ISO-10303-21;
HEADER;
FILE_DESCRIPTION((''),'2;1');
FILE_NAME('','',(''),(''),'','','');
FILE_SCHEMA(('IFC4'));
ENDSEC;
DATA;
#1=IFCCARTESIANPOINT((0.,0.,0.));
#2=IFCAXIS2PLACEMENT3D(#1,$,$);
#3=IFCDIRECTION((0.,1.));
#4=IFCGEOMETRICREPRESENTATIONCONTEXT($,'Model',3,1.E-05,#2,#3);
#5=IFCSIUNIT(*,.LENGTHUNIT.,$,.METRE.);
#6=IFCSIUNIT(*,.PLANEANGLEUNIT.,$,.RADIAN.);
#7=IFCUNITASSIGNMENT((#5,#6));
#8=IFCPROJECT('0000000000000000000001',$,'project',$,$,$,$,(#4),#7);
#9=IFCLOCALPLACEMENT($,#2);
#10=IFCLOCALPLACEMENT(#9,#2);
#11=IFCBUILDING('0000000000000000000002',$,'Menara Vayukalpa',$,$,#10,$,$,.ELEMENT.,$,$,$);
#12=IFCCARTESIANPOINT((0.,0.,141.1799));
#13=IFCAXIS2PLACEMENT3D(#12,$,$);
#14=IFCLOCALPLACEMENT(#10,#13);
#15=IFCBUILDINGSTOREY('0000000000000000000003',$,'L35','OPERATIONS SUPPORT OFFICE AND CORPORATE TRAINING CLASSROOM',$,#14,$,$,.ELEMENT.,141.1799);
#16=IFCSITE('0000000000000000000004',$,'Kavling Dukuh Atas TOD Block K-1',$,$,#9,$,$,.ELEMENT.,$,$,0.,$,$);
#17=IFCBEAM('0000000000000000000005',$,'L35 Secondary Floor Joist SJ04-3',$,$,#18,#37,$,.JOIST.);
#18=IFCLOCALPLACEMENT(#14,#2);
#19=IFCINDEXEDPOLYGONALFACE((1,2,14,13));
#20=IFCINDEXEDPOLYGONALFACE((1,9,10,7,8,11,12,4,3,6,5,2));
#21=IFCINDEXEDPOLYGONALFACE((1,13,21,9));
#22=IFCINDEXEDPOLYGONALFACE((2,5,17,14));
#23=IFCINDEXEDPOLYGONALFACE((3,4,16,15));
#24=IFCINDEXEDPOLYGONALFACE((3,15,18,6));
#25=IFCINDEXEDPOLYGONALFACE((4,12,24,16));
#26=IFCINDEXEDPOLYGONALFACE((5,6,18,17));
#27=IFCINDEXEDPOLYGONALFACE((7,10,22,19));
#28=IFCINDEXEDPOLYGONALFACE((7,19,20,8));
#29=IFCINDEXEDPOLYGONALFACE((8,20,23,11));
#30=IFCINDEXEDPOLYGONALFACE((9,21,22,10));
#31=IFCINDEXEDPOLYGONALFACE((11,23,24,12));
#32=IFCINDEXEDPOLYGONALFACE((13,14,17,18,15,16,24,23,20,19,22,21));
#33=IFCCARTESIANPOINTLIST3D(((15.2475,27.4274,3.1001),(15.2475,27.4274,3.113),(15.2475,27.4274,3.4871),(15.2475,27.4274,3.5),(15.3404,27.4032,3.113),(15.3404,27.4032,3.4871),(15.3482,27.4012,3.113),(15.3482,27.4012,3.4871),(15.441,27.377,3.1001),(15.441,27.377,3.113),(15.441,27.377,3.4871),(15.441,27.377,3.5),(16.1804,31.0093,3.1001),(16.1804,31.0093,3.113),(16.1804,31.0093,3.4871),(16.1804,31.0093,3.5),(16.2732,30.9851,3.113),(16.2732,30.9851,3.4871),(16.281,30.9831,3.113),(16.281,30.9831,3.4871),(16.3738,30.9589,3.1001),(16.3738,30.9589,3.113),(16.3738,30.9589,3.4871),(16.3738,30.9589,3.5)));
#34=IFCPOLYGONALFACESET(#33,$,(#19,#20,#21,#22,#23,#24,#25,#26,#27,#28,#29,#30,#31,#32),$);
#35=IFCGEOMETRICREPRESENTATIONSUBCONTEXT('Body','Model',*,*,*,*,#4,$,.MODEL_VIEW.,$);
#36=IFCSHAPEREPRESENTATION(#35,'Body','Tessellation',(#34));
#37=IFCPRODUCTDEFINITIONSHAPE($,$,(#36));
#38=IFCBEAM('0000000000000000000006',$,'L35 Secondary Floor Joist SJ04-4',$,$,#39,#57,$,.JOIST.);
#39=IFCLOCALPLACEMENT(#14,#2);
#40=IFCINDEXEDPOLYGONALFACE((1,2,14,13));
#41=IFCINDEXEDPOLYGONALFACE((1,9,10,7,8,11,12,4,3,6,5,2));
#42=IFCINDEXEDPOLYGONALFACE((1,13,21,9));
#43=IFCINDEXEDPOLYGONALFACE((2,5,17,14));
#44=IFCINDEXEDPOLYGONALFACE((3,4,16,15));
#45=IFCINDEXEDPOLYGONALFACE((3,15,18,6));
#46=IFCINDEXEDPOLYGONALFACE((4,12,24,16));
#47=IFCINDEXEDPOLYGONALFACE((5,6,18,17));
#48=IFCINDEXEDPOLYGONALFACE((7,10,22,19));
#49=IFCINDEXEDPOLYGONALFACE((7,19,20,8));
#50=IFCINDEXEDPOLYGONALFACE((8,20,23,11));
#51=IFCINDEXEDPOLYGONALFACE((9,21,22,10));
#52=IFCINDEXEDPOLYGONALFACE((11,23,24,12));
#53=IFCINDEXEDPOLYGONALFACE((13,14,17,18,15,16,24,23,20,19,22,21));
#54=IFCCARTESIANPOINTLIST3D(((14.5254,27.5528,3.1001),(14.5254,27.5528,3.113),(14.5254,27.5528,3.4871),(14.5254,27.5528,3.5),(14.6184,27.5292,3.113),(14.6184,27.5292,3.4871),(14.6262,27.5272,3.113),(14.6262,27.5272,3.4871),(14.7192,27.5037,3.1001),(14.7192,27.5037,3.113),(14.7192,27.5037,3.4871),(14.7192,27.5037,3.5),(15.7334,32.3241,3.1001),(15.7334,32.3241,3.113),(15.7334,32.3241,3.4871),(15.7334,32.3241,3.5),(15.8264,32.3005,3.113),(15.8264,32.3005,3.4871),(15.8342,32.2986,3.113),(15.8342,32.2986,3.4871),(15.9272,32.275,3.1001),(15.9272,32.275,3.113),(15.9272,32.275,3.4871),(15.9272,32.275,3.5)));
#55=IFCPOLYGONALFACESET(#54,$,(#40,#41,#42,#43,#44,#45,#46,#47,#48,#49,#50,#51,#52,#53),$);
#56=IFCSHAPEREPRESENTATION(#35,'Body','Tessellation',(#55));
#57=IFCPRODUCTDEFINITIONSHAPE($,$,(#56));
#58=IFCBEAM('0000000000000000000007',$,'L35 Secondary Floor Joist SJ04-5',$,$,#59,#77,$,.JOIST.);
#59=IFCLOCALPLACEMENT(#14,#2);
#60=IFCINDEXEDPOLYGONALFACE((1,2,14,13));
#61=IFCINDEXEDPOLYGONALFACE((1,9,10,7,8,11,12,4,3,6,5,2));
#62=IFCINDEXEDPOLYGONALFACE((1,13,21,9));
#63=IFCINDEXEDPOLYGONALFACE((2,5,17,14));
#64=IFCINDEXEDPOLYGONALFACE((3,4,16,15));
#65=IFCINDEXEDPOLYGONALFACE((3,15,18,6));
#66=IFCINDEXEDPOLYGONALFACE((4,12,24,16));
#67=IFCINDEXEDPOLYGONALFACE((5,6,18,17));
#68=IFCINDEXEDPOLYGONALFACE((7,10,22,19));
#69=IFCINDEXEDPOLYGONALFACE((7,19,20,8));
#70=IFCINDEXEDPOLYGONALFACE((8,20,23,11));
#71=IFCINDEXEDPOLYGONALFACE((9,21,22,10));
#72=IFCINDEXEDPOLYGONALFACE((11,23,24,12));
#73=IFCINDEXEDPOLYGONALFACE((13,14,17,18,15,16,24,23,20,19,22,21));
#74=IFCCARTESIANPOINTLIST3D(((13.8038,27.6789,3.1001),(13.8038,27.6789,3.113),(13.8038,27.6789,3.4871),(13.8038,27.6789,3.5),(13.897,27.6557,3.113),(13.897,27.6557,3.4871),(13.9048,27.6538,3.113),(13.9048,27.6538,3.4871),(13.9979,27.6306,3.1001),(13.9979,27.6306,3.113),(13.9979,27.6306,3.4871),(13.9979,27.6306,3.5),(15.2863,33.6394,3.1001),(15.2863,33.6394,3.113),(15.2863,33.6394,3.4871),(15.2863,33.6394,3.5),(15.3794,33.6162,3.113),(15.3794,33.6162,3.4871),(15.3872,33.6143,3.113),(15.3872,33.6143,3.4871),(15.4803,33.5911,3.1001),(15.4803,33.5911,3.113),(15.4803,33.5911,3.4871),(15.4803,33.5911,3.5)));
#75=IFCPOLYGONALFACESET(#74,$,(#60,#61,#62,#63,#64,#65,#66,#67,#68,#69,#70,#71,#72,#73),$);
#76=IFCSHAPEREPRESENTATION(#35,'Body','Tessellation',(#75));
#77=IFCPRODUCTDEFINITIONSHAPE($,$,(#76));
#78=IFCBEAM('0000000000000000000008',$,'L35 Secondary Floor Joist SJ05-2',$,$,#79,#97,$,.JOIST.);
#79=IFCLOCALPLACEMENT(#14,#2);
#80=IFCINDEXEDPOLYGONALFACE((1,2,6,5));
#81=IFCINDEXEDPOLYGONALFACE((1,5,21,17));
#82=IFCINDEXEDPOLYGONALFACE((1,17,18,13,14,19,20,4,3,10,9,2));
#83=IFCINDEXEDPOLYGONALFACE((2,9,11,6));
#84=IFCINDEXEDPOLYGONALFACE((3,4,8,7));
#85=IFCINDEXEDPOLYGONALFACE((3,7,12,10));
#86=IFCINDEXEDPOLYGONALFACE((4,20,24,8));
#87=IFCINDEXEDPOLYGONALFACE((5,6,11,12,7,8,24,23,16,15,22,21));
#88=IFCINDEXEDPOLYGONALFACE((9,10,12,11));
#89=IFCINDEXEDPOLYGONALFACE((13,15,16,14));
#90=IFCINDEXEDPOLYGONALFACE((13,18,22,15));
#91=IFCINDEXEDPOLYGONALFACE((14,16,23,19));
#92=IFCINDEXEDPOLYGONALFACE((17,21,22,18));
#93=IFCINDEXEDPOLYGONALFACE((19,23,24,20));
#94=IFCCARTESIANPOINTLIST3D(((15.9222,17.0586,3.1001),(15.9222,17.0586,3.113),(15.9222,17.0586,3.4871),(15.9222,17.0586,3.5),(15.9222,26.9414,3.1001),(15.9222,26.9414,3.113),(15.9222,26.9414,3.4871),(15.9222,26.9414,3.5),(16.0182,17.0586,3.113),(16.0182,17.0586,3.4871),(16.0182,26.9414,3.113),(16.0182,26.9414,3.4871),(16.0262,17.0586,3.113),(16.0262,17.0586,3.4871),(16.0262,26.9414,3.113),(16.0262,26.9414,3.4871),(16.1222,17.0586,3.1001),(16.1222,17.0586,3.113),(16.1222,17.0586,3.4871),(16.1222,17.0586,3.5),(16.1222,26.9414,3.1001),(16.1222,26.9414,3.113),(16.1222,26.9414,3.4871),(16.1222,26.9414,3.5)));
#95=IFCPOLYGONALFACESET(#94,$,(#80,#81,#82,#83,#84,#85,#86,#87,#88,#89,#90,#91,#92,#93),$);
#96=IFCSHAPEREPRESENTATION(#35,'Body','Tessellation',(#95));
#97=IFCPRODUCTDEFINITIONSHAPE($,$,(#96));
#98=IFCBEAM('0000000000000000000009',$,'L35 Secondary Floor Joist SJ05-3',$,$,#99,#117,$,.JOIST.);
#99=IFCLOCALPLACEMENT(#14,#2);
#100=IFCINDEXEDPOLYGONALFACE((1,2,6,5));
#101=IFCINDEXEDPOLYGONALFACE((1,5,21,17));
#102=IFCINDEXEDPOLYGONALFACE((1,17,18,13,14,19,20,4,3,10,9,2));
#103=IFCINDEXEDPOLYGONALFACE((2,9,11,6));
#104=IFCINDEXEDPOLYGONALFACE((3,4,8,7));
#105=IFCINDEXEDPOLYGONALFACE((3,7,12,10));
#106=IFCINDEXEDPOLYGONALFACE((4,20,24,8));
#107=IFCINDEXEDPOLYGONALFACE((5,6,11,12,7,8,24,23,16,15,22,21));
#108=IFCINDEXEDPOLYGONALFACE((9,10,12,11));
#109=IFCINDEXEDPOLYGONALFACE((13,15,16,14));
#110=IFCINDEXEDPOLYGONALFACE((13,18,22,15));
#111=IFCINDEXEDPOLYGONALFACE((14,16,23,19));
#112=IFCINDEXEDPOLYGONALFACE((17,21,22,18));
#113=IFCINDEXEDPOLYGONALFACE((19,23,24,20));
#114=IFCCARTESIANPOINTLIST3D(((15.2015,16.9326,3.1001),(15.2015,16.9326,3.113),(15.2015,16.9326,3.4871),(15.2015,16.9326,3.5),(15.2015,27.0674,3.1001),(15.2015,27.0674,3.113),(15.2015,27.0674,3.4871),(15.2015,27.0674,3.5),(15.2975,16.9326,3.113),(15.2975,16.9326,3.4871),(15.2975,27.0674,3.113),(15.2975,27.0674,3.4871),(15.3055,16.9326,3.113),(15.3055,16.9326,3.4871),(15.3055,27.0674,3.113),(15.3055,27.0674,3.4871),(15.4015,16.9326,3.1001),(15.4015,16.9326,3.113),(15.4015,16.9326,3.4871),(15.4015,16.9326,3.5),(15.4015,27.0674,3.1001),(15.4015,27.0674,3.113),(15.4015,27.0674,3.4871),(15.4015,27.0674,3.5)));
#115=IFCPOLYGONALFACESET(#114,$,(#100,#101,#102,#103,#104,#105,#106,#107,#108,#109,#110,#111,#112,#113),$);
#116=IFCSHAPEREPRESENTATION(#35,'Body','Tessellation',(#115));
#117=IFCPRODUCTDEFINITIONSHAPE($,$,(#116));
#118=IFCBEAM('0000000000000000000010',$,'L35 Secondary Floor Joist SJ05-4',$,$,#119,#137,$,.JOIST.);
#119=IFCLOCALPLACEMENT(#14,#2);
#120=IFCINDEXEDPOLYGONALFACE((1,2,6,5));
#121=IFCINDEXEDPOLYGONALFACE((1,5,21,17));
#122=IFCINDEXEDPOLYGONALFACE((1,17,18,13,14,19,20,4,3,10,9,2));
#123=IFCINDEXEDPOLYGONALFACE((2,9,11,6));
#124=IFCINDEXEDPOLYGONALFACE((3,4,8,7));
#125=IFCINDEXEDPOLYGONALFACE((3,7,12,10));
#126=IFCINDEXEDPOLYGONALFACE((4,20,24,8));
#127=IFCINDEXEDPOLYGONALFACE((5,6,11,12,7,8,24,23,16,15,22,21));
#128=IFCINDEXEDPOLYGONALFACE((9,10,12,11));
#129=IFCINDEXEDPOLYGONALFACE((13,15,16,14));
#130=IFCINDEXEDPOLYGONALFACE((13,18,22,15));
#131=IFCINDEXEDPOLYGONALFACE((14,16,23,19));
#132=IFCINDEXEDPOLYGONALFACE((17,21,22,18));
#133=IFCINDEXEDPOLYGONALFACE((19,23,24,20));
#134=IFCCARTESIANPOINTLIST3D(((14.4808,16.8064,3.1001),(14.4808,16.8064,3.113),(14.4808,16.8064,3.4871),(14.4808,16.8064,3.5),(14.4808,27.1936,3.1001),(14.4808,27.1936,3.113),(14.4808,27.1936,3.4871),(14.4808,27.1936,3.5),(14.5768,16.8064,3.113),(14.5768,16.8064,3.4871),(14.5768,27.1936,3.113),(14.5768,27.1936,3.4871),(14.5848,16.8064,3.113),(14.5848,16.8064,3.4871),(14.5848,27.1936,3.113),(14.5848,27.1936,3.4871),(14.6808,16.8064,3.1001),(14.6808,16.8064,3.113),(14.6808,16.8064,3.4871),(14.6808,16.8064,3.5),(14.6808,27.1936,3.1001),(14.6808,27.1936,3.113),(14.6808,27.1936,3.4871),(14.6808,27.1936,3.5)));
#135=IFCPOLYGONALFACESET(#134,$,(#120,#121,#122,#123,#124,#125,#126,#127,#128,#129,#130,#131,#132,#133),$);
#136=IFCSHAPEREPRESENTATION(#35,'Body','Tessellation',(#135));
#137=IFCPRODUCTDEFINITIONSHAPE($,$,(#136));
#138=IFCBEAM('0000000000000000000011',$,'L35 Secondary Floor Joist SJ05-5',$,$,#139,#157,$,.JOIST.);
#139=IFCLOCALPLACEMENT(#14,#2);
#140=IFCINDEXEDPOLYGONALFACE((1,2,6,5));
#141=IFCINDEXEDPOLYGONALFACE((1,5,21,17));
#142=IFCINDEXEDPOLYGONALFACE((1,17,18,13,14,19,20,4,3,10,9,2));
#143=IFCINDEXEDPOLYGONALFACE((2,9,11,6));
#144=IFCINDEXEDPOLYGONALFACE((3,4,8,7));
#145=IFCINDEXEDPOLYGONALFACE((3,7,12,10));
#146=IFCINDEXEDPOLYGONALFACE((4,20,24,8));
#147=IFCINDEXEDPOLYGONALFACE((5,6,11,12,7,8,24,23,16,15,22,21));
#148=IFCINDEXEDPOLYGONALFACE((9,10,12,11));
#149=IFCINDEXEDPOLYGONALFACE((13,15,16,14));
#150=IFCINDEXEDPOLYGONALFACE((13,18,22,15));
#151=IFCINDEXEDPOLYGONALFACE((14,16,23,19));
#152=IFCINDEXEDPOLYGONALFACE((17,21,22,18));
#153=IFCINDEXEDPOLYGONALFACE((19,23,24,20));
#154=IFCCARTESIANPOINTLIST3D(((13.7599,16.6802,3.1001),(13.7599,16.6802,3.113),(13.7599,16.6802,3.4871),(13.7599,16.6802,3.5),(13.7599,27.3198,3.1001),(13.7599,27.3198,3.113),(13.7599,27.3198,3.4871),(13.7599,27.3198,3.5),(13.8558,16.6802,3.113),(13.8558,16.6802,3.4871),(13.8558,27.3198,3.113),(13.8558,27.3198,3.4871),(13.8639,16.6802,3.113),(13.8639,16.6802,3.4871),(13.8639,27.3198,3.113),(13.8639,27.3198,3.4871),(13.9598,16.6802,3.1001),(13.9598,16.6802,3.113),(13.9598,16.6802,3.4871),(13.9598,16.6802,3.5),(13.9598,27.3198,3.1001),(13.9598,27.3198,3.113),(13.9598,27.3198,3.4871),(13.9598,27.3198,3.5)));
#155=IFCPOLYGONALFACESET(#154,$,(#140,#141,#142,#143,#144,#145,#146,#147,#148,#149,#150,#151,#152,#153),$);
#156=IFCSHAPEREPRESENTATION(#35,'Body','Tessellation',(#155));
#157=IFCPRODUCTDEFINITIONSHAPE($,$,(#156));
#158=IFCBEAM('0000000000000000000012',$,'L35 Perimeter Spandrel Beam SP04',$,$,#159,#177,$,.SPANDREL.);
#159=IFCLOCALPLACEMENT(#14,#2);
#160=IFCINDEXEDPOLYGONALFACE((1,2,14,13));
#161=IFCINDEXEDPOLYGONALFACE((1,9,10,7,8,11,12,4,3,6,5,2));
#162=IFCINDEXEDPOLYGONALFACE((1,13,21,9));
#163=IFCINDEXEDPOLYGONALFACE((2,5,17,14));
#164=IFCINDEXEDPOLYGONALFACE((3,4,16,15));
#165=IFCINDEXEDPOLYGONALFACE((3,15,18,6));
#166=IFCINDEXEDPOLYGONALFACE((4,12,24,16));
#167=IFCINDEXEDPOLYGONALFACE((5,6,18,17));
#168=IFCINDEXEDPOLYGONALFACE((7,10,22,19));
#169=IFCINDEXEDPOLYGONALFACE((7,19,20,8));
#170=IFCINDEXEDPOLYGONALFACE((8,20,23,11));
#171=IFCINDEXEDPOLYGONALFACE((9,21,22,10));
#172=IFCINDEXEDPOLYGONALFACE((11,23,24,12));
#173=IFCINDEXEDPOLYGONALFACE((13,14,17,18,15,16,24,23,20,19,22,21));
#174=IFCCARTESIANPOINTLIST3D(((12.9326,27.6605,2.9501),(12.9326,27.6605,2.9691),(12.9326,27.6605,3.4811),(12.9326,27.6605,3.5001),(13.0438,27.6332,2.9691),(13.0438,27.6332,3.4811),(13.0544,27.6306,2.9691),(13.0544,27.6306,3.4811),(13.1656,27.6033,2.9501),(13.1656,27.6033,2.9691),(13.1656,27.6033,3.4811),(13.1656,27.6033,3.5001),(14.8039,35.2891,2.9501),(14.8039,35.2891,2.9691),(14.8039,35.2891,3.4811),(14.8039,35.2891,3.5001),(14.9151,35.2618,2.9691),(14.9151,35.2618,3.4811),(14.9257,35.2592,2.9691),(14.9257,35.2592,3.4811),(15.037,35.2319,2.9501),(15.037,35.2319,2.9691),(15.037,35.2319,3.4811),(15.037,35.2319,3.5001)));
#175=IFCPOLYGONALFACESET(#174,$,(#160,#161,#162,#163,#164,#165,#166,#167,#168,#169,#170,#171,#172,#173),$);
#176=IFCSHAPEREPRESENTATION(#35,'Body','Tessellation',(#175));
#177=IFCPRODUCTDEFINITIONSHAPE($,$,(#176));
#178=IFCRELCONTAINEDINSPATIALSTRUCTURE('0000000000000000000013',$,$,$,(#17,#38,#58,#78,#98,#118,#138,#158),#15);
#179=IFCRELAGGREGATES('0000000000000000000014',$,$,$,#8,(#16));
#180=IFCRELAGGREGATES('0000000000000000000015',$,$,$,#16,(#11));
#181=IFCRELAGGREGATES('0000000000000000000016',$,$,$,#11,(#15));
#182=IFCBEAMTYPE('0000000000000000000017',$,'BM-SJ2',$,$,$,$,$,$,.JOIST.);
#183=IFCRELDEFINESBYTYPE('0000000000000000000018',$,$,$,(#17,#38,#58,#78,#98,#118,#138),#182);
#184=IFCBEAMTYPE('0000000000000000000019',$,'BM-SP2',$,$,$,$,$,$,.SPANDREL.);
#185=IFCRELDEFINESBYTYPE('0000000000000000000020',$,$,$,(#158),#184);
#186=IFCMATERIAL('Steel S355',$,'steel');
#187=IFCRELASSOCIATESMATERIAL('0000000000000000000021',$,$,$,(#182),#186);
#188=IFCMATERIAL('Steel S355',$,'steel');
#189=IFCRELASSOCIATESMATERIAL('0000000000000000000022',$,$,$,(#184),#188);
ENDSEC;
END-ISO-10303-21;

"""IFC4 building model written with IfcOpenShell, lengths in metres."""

from ifc_helpers import new_model, si_unit, direction, frame, origin, origin_2d, place, context, subcontext, project, spatial, i_section, extrude, material, material_profile, profile_set, type_object, element, save


model = new_model("IFC4")

# Units and contexts
model_context = context("Model", 3, precision=1e-05, world=origin(), true_north=direction((0.0, 1.0)))
body_context = subcontext(model_context, "Body", "Model", "MODEL_VIEW")
ifc_project = project(units=[si_unit("LENGTHUNIT", "METRE"), si_unit("PLANEANGLEUNIT", "RADIAN")], contexts=[model_context])

# Site, building, storey
site_placement = place(None, origin())
site = spatial("IfcSite", under=ifc_project, at=site_placement, Name="Kavling Dukuh Atas TOD Block K-1", CompositionType="ELEMENT", RefElevation=0.0)
building_placement = place(site_placement, origin())
building = spatial("IfcBuilding", under=site, at=building_placement, Name="Menara Vayukalpa", CompositionType="ELEMENT")
storey_placement = place(building_placement, frame((0.0, 0.0, 141.1799)))
storey = spatial("IfcBuildingStorey", under=building, at=storey_placement, Name="L35", Description="OPERATIONS SUPPORT OFFICE AND CORPORATE TRAINING CLASSROOM", CompositionType="ELEMENT", Elevation=141.1799)

# Beams
ifc_material_1 = material(Name="Steel S355", Category="steel")
ifc_material_profile_1 = material_profile(ifc_material_1, i_section(OverallWidth=0.2, OverallDepth=0.3999, WebThickness=0.0081, FlangeThickness=0.0129, at=origin_2d()), Name="WF 400x200x8x13")
ifc_profile_set_1 = profile_set([ifc_material_profile_1], Name="Steel S355")
beam_type_1 = type_object("IfcBeamType", Name="BM-SJ2", PredefinedType="JOIST", material=ifc_profile_set_1)
beam_1_placement = place(storey_placement, frame((16.2771, 30.9841, 3.3), z_axis=(-0.252022, -0.967722, 0.0), x_axis=(0.967722, -0.252022, 0.0)))
element("IfcBeam", 1, at=beam_1_placement, inside=storey, type_object=beam_type_1, Name="L35 Secondary Floor Joist SJ04-3", PredefinedType="JOIST", context=body_context, shape_type="SweptSolid", body=[
    extrude(i_section(OverallWidth=0.2, OverallDepth=0.3999, WebThickness=0.0081, FlangeThickness=0.0129, at=origin_2d()), origin(), (0.0, 0.0, 1.0), 3.7014),
])
beam_2_placement = place(storey_placement, frame((15.8303, 32.2996, 3.3), z_axis=(-0.245441, -0.969412, 0.0), x_axis=(0.969412, -0.245441, 0.0)))
element("IfcBeam", 2, at=beam_2_placement, inside=storey, type_object=beam_type_1, Name="L35 Secondary Floor Joist SJ04-4", PredefinedType="JOIST", context=body_context, shape_type="SweptSolid", body=[
    extrude(i_section(OverallWidth=0.2, OverallDepth=0.3999, WebThickness=0.0081, FlangeThickness=0.0129, at=origin_2d()), origin(), (0.0, 0.0, 1.0), 4.9219),
])
beam_3_placement = place(storey_placement, frame((15.3833, 33.6152, 3.3), z_axis=(-0.241357, -0.970436, 0.0), x_axis=(0.970436, -0.241357, 0.0)))
element("IfcBeam", 3, at=beam_3_placement, inside=storey, type_object=beam_type_1, Name="L35 Secondary Floor Joist SJ04-5", PredefinedType="JOIST", context=body_context, shape_type="SweptSolid", body=[
    extrude(i_section(OverallWidth=0.2, OverallDepth=0.3999, WebThickness=0.0081, FlangeThickness=0.0129, at=origin_2d()), origin(), (0.0, 0.0, 1.0), 6.1421),
])
beam_4_placement = place(storey_placement, frame((16.0222, 26.9414, 3.3), z_axis=(0.0, -1.0, 0.0), x_axis=(1.0, 0.0, 0.0)))
element("IfcBeam", 4, at=beam_4_placement, inside=storey, type_object=beam_type_1, Name="L35 Secondary Floor Joist SJ05-2", PredefinedType="JOIST", context=body_context, shape_type="SweptSolid", body=[
    extrude(i_section(OverallWidth=0.2, OverallDepth=0.3999, WebThickness=0.0081, FlangeThickness=0.0129, at=origin_2d()), origin(), (0.0, 0.0, 1.0), 9.8828),
])
beam_5_placement = place(storey_placement, frame((15.3015, 27.0674, 3.3), z_axis=(0.0, -1.0, 0.0), x_axis=(1.0, 0.0, 0.0)))
element("IfcBeam", 5, at=beam_5_placement, inside=storey, type_object=beam_type_1, Name="L35 Secondary Floor Joist SJ05-3", PredefinedType="JOIST", context=body_context, shape_type="SweptSolid", body=[
    extrude(i_section(OverallWidth=0.2, OverallDepth=0.3999, WebThickness=0.0081, FlangeThickness=0.0129, at=origin_2d()), origin(), (0.0, 0.0, 1.0), 10.1348),
])
beam_6_placement = place(storey_placement, frame((14.5808, 27.1936, 3.3), z_axis=(0.0, -1.0, 0.0), x_axis=(1.0, 0.0, 0.0)))
element("IfcBeam", 6, at=beam_6_placement, inside=storey, type_object=beam_type_1, Name="L35 Secondary Floor Joist SJ05-4", PredefinedType="JOIST", context=body_context, shape_type="SweptSolid", body=[
    extrude(i_section(OverallWidth=0.2, OverallDepth=0.3999, WebThickness=0.0081, FlangeThickness=0.0129, at=origin_2d()), origin(), (0.0, 0.0, 1.0), 10.3872),
])
beam_7_placement = place(storey_placement, frame((13.8599, 27.3198, 3.3), z_axis=(0.0, -1.0, 0.0), x_axis=(1.0, 0.0, 0.0)))
element("IfcBeam", 7, at=beam_7_placement, inside=storey, type_object=beam_type_1, Name="L35 Secondary Floor Joist SJ05-5", PredefinedType="JOIST", context=body_context, shape_type="SweptSolid", body=[
    extrude(i_section(OverallWidth=0.2, OverallDepth=0.3999, WebThickness=0.0081, FlangeThickness=0.0129, at=origin_2d()), origin(), (0.0, 0.0, 1.0), 10.6396),
])
ifc_material_2 = material(Name="Steel S355", Category="steel")
ifc_material_profile_2 = material_profile(ifc_material_2, i_section(OverallWidth=0.24, OverallDepth=0.55, WebThickness=0.011, FlangeThickness=0.019, at=origin_2d()), Name="WF 550x240x11x19")
ifc_profile_set_2 = profile_set([ifc_material_profile_2], Name="Steel S355")
beam_type_2 = type_object("IfcBeamType", Name="BM-SP2", PredefinedType="SPANDREL", material=ifc_profile_set_2)
beam_8_placement = place(storey_placement, frame((14.9204, 35.2605, 3.2251), z_axis=(-0.23824, -0.971206, 0.0), x_axis=(0.971206, -0.23824, 0.0)))
element("IfcBeam", 8, at=beam_8_placement, inside=storey, type_object=beam_type_2, Name="L35 Perimeter Spandrel Beam SP04", PredefinedType="SPANDREL", context=body_context, shape_type="SweptSolid", body=[
    extrude(i_section(OverallWidth=0.24, OverallDepth=0.55, WebThickness=0.011, FlangeThickness=0.019, at=origin_2d()), origin(), (0.0, 0.0, 1.0), 7.8547),
])

save(model, "model.ifc")
